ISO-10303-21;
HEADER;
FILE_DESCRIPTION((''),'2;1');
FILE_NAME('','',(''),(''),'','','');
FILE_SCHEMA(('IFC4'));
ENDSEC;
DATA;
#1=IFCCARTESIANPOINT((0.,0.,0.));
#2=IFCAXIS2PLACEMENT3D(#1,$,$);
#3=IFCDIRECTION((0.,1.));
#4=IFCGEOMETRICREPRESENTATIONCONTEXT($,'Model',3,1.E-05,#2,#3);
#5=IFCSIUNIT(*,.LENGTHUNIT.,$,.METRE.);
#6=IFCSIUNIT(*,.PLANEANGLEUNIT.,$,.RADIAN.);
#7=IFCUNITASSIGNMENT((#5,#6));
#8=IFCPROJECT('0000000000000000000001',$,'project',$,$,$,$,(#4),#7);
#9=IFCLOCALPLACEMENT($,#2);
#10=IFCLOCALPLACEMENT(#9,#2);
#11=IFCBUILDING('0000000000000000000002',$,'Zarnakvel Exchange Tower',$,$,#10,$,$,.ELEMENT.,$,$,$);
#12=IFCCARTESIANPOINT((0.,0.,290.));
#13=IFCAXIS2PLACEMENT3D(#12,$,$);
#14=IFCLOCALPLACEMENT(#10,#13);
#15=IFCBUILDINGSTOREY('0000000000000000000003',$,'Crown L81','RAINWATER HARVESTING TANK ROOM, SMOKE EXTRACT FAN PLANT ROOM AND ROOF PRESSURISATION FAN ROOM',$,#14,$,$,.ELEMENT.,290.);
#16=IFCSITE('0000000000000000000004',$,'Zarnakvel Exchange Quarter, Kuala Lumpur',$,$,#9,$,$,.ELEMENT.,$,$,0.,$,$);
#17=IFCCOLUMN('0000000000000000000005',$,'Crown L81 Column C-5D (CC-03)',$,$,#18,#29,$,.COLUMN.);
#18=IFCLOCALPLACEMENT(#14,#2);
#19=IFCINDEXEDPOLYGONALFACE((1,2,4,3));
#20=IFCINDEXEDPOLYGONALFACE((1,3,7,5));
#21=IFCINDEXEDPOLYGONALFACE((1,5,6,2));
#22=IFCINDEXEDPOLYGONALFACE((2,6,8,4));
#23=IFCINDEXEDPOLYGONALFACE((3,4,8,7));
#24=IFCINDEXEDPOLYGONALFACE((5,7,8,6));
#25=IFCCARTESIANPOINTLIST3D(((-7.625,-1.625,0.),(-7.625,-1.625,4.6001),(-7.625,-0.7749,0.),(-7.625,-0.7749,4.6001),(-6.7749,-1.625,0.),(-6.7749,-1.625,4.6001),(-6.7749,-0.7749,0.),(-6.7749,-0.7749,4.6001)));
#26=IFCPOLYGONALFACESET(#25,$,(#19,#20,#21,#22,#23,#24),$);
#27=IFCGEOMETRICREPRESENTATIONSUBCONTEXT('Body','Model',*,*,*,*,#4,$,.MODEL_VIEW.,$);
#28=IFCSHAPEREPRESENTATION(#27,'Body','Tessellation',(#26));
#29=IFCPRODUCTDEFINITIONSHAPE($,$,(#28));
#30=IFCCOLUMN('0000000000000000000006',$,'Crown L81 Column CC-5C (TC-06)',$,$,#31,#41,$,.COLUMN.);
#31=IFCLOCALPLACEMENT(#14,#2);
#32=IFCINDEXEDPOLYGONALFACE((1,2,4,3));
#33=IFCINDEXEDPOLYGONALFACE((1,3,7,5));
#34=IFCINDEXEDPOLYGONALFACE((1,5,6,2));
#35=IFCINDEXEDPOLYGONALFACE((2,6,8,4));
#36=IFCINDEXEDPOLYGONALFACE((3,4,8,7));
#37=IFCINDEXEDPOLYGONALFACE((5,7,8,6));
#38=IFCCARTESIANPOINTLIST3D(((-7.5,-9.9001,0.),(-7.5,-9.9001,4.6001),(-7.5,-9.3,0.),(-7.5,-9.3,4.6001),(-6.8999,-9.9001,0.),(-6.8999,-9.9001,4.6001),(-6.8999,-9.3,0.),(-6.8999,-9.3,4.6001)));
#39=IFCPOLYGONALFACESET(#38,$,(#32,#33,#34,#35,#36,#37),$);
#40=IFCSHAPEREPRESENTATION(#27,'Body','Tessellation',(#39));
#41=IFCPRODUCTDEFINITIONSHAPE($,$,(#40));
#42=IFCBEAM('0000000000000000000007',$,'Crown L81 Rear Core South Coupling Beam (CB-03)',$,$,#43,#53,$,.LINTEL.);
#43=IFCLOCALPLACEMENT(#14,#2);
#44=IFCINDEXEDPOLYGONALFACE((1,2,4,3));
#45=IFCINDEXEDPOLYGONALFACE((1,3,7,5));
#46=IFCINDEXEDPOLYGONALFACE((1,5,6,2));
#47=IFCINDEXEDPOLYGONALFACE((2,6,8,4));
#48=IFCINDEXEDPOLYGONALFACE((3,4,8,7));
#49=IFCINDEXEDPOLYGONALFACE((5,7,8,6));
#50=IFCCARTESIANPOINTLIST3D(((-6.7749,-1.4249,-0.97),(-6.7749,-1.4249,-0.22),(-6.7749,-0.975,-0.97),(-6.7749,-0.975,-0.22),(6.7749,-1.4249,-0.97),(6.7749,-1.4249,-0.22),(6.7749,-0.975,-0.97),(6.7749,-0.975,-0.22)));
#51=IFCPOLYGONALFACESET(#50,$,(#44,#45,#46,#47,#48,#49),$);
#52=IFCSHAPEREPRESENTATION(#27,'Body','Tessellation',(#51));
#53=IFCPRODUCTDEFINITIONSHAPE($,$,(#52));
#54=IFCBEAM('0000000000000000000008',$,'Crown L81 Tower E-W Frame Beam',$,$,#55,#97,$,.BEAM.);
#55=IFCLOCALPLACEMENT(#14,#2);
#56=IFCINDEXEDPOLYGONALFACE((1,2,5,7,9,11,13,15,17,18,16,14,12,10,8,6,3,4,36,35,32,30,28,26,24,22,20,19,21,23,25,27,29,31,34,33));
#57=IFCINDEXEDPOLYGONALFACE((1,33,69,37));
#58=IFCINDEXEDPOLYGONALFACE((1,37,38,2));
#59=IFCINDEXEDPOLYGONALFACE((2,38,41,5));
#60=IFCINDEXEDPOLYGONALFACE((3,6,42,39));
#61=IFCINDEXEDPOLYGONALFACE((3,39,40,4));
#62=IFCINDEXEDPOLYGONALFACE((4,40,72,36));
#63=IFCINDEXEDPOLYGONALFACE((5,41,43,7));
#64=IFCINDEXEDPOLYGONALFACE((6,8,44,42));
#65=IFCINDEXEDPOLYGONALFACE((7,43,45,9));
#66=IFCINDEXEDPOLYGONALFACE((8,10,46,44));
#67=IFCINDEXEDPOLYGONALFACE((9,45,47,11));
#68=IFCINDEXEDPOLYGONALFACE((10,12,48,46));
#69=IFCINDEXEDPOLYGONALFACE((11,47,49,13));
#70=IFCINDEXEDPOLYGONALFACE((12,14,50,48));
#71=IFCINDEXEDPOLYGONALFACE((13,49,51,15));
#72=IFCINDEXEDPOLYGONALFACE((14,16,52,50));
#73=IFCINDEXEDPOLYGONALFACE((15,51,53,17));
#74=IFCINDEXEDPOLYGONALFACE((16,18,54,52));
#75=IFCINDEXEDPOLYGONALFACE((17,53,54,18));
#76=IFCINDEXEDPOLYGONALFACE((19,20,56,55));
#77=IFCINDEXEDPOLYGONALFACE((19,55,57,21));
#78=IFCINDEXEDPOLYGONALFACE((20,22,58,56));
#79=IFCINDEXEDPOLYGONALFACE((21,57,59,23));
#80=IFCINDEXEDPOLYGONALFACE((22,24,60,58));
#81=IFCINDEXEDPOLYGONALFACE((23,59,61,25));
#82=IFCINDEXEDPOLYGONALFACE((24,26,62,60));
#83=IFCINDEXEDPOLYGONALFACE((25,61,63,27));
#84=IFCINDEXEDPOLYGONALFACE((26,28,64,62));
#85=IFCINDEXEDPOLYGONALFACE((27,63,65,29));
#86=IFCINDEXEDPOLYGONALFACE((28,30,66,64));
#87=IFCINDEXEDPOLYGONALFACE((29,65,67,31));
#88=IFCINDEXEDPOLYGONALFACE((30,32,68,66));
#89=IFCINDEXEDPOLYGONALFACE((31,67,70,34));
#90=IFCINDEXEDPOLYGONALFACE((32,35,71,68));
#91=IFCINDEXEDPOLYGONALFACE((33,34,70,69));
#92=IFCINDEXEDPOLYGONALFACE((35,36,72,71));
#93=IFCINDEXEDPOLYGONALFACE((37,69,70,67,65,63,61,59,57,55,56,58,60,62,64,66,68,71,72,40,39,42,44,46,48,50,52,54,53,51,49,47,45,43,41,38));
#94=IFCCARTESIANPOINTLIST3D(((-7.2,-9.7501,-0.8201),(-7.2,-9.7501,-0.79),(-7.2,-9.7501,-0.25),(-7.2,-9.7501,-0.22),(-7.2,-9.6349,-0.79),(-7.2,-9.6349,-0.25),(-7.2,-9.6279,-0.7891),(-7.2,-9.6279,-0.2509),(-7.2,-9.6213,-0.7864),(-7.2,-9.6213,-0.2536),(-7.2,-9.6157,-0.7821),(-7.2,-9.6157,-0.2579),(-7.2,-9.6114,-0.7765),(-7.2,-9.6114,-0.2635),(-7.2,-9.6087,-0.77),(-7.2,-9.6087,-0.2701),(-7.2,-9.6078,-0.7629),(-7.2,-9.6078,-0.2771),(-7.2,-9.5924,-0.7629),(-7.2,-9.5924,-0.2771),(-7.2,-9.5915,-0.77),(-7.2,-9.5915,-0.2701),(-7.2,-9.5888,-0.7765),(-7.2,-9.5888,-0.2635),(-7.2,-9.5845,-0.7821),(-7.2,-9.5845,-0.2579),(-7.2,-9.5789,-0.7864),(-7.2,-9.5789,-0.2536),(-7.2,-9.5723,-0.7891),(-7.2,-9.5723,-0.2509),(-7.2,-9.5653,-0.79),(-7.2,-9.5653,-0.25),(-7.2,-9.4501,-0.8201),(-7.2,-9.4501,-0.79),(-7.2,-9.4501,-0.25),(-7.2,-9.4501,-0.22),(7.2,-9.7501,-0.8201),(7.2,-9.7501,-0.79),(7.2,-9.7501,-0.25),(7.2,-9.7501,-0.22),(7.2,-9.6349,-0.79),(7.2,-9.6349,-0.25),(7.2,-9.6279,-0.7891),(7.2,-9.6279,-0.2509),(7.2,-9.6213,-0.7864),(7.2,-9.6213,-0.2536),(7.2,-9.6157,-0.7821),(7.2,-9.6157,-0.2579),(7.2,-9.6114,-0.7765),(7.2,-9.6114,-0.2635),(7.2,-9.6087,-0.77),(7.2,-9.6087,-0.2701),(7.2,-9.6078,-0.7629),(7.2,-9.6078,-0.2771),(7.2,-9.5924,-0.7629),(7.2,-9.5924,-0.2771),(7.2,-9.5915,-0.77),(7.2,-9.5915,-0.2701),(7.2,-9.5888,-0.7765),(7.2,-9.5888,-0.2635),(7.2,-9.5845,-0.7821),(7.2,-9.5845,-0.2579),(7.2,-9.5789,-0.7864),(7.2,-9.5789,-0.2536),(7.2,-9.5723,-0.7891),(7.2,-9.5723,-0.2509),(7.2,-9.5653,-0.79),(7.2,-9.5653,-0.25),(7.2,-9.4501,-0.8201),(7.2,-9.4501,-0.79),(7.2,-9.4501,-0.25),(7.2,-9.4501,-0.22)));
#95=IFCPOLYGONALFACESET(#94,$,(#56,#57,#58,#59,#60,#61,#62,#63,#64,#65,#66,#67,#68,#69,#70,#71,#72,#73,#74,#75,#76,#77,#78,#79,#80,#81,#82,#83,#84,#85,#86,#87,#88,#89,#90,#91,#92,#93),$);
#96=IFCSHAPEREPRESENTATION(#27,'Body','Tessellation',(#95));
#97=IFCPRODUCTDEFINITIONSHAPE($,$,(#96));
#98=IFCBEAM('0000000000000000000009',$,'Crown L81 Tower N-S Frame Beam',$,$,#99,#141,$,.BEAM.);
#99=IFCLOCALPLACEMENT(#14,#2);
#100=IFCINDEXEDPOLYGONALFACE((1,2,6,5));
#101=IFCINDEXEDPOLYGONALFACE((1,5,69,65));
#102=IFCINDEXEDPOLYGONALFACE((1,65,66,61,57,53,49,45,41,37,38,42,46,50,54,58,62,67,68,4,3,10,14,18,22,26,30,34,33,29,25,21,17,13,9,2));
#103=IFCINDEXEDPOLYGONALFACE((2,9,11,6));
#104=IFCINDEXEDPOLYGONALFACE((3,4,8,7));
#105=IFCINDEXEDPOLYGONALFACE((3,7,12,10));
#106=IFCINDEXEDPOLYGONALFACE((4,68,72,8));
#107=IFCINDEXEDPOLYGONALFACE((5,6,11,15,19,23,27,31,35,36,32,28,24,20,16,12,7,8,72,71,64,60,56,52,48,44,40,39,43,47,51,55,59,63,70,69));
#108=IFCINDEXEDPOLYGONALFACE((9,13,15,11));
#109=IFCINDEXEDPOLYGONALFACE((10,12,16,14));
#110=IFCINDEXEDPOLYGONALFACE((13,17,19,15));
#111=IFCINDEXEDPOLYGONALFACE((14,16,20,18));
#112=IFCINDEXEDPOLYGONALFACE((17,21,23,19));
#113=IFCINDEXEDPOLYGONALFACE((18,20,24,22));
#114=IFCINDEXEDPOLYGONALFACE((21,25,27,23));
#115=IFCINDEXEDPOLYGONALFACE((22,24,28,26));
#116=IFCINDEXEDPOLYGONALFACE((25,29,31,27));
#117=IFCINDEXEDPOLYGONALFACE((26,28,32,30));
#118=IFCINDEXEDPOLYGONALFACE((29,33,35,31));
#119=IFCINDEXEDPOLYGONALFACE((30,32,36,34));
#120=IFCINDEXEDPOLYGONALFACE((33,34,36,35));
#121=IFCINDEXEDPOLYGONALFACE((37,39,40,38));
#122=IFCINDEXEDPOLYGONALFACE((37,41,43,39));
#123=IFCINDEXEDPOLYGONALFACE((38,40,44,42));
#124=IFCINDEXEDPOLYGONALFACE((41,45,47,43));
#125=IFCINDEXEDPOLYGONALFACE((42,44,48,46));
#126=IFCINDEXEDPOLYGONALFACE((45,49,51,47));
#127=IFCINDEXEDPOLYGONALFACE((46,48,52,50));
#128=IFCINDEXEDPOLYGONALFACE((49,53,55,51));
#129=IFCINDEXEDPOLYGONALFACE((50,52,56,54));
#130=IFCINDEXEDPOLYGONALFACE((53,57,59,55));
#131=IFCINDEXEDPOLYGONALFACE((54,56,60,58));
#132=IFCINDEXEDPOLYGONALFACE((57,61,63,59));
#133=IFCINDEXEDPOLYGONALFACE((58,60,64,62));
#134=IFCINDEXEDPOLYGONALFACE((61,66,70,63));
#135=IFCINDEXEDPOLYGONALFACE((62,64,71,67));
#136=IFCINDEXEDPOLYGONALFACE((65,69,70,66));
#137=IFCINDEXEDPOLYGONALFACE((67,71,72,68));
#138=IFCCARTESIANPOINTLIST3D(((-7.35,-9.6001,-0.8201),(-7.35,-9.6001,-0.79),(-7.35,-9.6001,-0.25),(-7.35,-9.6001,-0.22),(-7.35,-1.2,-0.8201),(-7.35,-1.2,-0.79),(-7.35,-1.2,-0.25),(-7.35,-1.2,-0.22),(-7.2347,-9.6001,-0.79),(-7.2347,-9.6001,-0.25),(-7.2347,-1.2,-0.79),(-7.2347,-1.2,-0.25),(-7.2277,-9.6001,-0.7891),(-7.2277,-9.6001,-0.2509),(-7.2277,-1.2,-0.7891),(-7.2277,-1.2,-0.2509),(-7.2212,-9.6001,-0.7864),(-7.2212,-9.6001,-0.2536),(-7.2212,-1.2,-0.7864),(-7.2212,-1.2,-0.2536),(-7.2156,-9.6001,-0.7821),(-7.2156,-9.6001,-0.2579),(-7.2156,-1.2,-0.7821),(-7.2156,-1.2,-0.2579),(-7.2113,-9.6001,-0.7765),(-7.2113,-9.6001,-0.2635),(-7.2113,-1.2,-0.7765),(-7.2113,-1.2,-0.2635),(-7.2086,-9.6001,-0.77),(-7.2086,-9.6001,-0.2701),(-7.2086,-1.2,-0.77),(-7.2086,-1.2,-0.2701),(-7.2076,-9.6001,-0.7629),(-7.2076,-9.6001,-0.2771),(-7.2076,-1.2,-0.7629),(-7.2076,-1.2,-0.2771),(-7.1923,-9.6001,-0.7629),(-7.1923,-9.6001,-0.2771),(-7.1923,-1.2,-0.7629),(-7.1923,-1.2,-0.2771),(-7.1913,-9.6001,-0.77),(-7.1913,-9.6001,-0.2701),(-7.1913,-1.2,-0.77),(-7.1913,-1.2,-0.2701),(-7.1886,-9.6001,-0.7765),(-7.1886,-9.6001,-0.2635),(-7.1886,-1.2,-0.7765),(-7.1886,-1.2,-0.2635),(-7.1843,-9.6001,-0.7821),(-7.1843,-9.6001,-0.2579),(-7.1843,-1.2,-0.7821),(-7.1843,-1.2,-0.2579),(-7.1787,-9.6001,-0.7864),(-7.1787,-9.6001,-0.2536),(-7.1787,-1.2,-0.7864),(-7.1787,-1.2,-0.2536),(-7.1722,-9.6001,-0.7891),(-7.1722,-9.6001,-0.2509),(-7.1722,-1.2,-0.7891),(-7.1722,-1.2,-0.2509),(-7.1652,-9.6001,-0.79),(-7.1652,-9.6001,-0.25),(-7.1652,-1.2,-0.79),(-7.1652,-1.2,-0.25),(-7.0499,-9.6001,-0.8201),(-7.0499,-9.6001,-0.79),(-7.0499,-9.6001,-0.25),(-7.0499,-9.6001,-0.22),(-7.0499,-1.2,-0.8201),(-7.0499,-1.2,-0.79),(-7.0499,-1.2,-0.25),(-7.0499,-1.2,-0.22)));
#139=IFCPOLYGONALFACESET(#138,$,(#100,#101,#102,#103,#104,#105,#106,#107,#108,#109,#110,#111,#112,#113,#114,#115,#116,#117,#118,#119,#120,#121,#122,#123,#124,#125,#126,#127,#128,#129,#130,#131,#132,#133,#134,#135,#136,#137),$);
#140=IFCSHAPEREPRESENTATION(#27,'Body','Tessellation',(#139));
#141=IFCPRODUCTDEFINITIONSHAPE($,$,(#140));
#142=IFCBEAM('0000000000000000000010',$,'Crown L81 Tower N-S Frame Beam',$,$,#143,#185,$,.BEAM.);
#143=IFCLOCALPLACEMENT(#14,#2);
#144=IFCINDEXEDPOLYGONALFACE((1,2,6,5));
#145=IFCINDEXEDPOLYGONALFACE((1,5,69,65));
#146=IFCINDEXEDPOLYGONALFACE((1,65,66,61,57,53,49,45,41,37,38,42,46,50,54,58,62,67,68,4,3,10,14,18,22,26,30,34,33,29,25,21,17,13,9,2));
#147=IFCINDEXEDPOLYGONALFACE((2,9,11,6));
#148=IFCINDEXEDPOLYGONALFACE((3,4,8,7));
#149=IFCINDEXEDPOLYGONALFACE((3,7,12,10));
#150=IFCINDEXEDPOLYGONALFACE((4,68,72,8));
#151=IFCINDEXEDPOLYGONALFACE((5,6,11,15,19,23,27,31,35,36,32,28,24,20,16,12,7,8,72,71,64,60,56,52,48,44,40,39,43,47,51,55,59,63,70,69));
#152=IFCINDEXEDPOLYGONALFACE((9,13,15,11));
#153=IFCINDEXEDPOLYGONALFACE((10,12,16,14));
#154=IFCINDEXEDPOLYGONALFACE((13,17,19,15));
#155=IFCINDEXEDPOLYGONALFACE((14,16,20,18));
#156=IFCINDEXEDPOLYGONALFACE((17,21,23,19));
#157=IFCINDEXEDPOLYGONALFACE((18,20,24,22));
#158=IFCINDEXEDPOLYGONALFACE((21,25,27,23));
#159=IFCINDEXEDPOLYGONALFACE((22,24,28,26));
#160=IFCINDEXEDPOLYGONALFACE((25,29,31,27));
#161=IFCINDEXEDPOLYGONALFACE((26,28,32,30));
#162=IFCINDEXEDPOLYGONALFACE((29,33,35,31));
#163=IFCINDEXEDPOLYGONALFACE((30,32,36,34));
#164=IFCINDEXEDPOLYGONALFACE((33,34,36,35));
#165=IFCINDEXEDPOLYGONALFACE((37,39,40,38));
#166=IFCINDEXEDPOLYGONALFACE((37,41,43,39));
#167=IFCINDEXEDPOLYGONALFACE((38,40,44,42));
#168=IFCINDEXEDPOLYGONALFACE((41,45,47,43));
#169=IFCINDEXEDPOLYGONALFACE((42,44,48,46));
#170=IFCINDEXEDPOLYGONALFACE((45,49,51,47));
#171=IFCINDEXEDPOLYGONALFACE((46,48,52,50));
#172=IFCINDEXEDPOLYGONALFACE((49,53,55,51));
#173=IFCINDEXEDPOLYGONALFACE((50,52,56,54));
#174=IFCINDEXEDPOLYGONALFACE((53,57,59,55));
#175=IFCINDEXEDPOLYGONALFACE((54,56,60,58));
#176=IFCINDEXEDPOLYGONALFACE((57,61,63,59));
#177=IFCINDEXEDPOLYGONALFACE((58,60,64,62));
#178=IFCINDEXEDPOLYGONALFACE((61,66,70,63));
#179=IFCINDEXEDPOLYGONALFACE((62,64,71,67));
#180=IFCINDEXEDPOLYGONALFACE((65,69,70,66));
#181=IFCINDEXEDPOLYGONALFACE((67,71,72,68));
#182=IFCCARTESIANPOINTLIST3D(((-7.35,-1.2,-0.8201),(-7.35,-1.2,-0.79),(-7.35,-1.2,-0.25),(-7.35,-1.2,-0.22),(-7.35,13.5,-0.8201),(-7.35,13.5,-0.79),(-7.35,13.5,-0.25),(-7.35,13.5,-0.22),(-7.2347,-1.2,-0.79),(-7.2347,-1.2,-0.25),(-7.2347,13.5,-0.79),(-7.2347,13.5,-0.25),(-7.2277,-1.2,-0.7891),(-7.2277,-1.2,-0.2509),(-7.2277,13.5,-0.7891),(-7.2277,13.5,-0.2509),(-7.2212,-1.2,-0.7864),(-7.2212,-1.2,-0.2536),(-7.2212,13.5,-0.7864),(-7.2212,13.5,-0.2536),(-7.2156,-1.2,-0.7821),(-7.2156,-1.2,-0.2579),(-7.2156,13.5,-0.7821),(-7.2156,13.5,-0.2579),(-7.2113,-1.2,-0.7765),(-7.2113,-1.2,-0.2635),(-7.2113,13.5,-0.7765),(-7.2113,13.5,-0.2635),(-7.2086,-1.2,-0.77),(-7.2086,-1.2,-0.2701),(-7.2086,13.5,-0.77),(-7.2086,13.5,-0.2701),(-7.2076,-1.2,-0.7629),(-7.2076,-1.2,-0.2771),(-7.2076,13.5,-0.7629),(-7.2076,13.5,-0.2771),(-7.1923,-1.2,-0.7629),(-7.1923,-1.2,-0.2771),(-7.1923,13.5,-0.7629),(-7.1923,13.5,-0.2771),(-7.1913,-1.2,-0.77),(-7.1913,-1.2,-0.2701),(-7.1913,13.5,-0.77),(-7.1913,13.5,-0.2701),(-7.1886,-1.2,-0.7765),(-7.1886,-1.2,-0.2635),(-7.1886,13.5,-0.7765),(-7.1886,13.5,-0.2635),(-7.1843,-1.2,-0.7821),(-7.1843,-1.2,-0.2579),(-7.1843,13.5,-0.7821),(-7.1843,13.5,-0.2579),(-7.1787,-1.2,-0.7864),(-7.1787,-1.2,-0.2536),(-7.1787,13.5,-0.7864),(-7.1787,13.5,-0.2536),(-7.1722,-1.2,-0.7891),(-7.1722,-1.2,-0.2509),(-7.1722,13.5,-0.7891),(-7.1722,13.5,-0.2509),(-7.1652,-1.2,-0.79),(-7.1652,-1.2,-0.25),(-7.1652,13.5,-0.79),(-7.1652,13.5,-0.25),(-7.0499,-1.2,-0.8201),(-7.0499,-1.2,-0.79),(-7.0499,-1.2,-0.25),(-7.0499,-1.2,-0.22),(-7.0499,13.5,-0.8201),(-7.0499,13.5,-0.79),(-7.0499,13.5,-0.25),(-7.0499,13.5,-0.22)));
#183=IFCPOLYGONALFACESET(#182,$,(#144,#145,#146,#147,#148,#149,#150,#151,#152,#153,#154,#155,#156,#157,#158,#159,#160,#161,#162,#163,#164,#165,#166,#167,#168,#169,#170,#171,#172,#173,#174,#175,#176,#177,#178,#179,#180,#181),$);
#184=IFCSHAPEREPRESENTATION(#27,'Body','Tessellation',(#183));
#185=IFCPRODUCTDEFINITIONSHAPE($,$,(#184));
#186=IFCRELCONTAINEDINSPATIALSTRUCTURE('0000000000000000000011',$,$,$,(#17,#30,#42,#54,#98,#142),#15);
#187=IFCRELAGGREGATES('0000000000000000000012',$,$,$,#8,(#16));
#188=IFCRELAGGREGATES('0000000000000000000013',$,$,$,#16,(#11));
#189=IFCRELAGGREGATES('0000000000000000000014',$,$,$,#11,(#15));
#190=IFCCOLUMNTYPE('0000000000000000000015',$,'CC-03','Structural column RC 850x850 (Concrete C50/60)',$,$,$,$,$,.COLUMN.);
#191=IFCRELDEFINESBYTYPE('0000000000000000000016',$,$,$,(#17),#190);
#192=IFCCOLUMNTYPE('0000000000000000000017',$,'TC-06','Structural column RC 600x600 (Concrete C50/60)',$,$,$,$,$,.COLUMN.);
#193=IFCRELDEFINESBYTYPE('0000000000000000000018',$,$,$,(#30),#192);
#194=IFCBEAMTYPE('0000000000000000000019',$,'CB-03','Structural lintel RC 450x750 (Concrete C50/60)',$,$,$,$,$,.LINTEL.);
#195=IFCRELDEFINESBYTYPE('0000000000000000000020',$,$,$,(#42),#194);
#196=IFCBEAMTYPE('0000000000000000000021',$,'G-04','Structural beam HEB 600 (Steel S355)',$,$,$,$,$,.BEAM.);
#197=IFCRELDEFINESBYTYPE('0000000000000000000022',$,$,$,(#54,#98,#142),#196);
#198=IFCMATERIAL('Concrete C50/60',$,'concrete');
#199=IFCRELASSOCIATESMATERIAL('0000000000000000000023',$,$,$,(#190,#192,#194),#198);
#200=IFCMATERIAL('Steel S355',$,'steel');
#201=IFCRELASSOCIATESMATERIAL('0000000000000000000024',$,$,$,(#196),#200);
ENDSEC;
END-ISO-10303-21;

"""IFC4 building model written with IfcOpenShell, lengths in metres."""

from ifc_helpers import new_model, si_unit, direction, frame, origin, origin_2d, place, context, subcontext, project, spatial, rectangle, i_section, extrude, material, material_profile, profile_set, type_object, element, save


model = new_model("IFC4")

# Units and contexts
model_context = context("Model", 3, precision=1e-05, world=origin(), true_north=direction((0.0, 1.0)))
body_context = subcontext(model_context, "Body", "Model", "MODEL_VIEW")
ifc_project = project(units=[si_unit("LENGTHUNIT", "METRE"), si_unit("PLANEANGLEUNIT", "RADIAN")], contexts=[model_context])

# Site, building, storey
site_placement = place(None, origin())
site = spatial("IfcSite", under=ifc_project, at=site_placement, Name="Zarnakvel Exchange Quarter, Kuala Lumpur", CompositionType="ELEMENT", RefElevation=0.0)
building_placement = place(site_placement, origin())
building = spatial("IfcBuilding", under=site, at=building_placement, Name="Zarnakvel Exchange Tower", CompositionType="ELEMENT")
storey_placement = place(building_placement, frame((0.0, 0.0, 290.0)))
storey = spatial("IfcBuildingStorey", under=building, at=storey_placement, Name="Crown L81", Description="RAINWATER HARVESTING TANK ROOM, SMOKE EXTRACT FAN PLANT ROOM AND ROOF PRESSURISATION FAN ROOM", CompositionType="ELEMENT", Elevation=290.0)

# Columns
ifc_material_1 = material(Name="Concrete C50/60", Category="concrete")
ifc_material_profile_1 = material_profile(ifc_material_1, rectangle(XDim=0.8501, YDim=0.8501, at=origin_2d()))
ifc_profile_set_1 = profile_set([ifc_material_profile_1], Name="Concrete C50/60")
column_type_1 = type_object("IfcColumnType", Name="CC-03", Description="Structural column RC 850x850 (Concrete C50/60)", PredefinedType="COLUMN", material=ifc_profile_set_1)
column_1_placement = place(storey_placement, frame((-7.2, -1.2, 0.0), z_axis=(0.0, 0.0, 1.0), x_axis=(1.0, 0.0, 0.0)))
element("IfcColumn", 1, at=column_1_placement, inside=storey, type_object=column_type_1, Name="Crown L81 Column C-5D (CC-03)", PredefinedType="COLUMN", context=body_context, shape_type="SweptSolid", body=[
    extrude(rectangle(XDim=0.8501, YDim=0.8501, at=origin_2d()), origin(), (0.0, 0.0, 1.0), 4.6001),
])
ifc_material_profile_2 = material_profile(ifc_material_1, rectangle(XDim=0.6001, YDim=0.6001, at=origin_2d()))
ifc_profile_set_2 = profile_set([ifc_material_profile_2], Name="Concrete C50/60")
column_type_2 = type_object("IfcColumnType", Name="TC-06", Description="Structural column RC 600x600 (Concrete C50/60)", PredefinedType="COLUMN", material=ifc_profile_set_2)
column_2_placement = place(storey_placement, frame((-7.2, -9.6001, 0.0), z_axis=(0.0, 0.0, 1.0), x_axis=(1.0, 0.0, 0.0)))
element("IfcColumn", 2, at=column_2_placement, inside=storey, type_object=column_type_2, Name="Crown L81 Column CC-5C (TC-06)", PredefinedType="COLUMN", context=body_context, shape_type="SweptSolid", body=[
    extrude(rectangle(XDim=0.6001, YDim=0.6001, at=origin_2d()), origin(), (0.0, 0.0, 1.0), 4.6001),
])

# Beams
ifc_material_profile_3 = material_profile(ifc_material_1, rectangle(XDim=0.45, YDim=0.75, at=origin_2d()))
ifc_profile_set_3 = profile_set([ifc_material_profile_3], Name="Concrete C50/60")
beam_type_1 = type_object("IfcBeamType", Name="CB-03", Description="Structural lintel RC 450x750 (Concrete C50/60)", PredefinedType="LINTEL", material=ifc_profile_set_3)
beam_1_placement = place(storey_placement, frame((-6.7749, -1.2, -0.595), z_axis=(1.0, 0.0, 0.0), x_axis=(0.0, 1.0, 0.0)))
element("IfcBeam", 3, at=beam_1_placement, inside=storey, type_object=beam_type_1, Name="Crown L81 Rear Core South Coupling Beam (CB-03)", PredefinedType="LINTEL", context=body_context, shape_type="SweptSolid", body=[
    extrude(rectangle(XDim=0.45, YDim=0.75, at=origin_2d()), origin(), (0.0, 0.0, 1.0), 13.5498),
])
ifc_material_2 = material(Name="Steel S355", Category="steel")
ifc_material_profile_4 = material_profile(ifc_material_2, i_section(OverallWidth=0.3, OverallDepth=0.6001, WebThickness=0.0154, FlangeThickness=0.03, FilletRadius=0.0271, at=origin_2d()))
ifc_profile_set_4 = profile_set([ifc_material_profile_4], Name="Steel S355")
beam_type_2 = type_object("IfcBeamType", Name="G-04", Description="Structural beam HEB 600 (Steel S355)", PredefinedType="BEAM", material=ifc_profile_set_4)
beam_2_placement = place(storey_placement, frame((-7.2, -9.6001, -0.52), z_axis=(1.0, 0.0, 0.0), x_axis=(0.0, 1.0, 0.0)))
element("IfcBeam", 4, at=beam_2_placement, inside=storey, type_object=beam_type_2, Name="Crown L81 Tower E-W Frame Beam", PredefinedType="BEAM", context=body_context, shape_type="SweptSolid", body=[
    extrude(i_section(OverallWidth=0.3, OverallDepth=0.6001, WebThickness=0.0154, FlangeThickness=0.03, FilletRadius=0.0271, at=origin_2d()), origin(), (0.0, 0.0, 1.0), 14.3999),
])
beam_3_placement = place(storey_placement, frame((-7.2, -9.6001, -0.52), z_axis=(0.0, 1.0, 0.0), x_axis=(-1.0, 0.0, 0.0)))
element("IfcBeam", 5, at=beam_3_placement, inside=storey, type_object=beam_type_2, Name="Crown L81 Tower N-S Frame Beam", PredefinedType="BEAM", context=body_context, shape_type="SweptSolid", body=[
    extrude(i_section(OverallWidth=0.3, OverallDepth=0.6001, WebThickness=0.0154, FlangeThickness=0.03, FilletRadius=0.0271, at=origin_2d()), origin(), (0.0, 0.0, 1.0), 8.4001),
])
beam_4_placement = place(storey_placement, frame((-7.2, -1.2, -0.52), z_axis=(0.0, 1.0, 0.0), x_axis=(-1.0, 0.0, 0.0)))
element("IfcBeam", 6, at=beam_4_placement, inside=storey, type_object=beam_type_2, Name="Crown L81 Tower N-S Frame Beam", PredefinedType="BEAM", context=body_context, shape_type="SweptSolid", body=[
    extrude(i_section(OverallWidth=0.3, OverallDepth=0.6001, WebThickness=0.0154, FlangeThickness=0.03, FilletRadius=0.0271, at=origin_2d()), origin(), (0.0, 0.0, 1.0), 14.7),
])

save(model, "model.ifc")
